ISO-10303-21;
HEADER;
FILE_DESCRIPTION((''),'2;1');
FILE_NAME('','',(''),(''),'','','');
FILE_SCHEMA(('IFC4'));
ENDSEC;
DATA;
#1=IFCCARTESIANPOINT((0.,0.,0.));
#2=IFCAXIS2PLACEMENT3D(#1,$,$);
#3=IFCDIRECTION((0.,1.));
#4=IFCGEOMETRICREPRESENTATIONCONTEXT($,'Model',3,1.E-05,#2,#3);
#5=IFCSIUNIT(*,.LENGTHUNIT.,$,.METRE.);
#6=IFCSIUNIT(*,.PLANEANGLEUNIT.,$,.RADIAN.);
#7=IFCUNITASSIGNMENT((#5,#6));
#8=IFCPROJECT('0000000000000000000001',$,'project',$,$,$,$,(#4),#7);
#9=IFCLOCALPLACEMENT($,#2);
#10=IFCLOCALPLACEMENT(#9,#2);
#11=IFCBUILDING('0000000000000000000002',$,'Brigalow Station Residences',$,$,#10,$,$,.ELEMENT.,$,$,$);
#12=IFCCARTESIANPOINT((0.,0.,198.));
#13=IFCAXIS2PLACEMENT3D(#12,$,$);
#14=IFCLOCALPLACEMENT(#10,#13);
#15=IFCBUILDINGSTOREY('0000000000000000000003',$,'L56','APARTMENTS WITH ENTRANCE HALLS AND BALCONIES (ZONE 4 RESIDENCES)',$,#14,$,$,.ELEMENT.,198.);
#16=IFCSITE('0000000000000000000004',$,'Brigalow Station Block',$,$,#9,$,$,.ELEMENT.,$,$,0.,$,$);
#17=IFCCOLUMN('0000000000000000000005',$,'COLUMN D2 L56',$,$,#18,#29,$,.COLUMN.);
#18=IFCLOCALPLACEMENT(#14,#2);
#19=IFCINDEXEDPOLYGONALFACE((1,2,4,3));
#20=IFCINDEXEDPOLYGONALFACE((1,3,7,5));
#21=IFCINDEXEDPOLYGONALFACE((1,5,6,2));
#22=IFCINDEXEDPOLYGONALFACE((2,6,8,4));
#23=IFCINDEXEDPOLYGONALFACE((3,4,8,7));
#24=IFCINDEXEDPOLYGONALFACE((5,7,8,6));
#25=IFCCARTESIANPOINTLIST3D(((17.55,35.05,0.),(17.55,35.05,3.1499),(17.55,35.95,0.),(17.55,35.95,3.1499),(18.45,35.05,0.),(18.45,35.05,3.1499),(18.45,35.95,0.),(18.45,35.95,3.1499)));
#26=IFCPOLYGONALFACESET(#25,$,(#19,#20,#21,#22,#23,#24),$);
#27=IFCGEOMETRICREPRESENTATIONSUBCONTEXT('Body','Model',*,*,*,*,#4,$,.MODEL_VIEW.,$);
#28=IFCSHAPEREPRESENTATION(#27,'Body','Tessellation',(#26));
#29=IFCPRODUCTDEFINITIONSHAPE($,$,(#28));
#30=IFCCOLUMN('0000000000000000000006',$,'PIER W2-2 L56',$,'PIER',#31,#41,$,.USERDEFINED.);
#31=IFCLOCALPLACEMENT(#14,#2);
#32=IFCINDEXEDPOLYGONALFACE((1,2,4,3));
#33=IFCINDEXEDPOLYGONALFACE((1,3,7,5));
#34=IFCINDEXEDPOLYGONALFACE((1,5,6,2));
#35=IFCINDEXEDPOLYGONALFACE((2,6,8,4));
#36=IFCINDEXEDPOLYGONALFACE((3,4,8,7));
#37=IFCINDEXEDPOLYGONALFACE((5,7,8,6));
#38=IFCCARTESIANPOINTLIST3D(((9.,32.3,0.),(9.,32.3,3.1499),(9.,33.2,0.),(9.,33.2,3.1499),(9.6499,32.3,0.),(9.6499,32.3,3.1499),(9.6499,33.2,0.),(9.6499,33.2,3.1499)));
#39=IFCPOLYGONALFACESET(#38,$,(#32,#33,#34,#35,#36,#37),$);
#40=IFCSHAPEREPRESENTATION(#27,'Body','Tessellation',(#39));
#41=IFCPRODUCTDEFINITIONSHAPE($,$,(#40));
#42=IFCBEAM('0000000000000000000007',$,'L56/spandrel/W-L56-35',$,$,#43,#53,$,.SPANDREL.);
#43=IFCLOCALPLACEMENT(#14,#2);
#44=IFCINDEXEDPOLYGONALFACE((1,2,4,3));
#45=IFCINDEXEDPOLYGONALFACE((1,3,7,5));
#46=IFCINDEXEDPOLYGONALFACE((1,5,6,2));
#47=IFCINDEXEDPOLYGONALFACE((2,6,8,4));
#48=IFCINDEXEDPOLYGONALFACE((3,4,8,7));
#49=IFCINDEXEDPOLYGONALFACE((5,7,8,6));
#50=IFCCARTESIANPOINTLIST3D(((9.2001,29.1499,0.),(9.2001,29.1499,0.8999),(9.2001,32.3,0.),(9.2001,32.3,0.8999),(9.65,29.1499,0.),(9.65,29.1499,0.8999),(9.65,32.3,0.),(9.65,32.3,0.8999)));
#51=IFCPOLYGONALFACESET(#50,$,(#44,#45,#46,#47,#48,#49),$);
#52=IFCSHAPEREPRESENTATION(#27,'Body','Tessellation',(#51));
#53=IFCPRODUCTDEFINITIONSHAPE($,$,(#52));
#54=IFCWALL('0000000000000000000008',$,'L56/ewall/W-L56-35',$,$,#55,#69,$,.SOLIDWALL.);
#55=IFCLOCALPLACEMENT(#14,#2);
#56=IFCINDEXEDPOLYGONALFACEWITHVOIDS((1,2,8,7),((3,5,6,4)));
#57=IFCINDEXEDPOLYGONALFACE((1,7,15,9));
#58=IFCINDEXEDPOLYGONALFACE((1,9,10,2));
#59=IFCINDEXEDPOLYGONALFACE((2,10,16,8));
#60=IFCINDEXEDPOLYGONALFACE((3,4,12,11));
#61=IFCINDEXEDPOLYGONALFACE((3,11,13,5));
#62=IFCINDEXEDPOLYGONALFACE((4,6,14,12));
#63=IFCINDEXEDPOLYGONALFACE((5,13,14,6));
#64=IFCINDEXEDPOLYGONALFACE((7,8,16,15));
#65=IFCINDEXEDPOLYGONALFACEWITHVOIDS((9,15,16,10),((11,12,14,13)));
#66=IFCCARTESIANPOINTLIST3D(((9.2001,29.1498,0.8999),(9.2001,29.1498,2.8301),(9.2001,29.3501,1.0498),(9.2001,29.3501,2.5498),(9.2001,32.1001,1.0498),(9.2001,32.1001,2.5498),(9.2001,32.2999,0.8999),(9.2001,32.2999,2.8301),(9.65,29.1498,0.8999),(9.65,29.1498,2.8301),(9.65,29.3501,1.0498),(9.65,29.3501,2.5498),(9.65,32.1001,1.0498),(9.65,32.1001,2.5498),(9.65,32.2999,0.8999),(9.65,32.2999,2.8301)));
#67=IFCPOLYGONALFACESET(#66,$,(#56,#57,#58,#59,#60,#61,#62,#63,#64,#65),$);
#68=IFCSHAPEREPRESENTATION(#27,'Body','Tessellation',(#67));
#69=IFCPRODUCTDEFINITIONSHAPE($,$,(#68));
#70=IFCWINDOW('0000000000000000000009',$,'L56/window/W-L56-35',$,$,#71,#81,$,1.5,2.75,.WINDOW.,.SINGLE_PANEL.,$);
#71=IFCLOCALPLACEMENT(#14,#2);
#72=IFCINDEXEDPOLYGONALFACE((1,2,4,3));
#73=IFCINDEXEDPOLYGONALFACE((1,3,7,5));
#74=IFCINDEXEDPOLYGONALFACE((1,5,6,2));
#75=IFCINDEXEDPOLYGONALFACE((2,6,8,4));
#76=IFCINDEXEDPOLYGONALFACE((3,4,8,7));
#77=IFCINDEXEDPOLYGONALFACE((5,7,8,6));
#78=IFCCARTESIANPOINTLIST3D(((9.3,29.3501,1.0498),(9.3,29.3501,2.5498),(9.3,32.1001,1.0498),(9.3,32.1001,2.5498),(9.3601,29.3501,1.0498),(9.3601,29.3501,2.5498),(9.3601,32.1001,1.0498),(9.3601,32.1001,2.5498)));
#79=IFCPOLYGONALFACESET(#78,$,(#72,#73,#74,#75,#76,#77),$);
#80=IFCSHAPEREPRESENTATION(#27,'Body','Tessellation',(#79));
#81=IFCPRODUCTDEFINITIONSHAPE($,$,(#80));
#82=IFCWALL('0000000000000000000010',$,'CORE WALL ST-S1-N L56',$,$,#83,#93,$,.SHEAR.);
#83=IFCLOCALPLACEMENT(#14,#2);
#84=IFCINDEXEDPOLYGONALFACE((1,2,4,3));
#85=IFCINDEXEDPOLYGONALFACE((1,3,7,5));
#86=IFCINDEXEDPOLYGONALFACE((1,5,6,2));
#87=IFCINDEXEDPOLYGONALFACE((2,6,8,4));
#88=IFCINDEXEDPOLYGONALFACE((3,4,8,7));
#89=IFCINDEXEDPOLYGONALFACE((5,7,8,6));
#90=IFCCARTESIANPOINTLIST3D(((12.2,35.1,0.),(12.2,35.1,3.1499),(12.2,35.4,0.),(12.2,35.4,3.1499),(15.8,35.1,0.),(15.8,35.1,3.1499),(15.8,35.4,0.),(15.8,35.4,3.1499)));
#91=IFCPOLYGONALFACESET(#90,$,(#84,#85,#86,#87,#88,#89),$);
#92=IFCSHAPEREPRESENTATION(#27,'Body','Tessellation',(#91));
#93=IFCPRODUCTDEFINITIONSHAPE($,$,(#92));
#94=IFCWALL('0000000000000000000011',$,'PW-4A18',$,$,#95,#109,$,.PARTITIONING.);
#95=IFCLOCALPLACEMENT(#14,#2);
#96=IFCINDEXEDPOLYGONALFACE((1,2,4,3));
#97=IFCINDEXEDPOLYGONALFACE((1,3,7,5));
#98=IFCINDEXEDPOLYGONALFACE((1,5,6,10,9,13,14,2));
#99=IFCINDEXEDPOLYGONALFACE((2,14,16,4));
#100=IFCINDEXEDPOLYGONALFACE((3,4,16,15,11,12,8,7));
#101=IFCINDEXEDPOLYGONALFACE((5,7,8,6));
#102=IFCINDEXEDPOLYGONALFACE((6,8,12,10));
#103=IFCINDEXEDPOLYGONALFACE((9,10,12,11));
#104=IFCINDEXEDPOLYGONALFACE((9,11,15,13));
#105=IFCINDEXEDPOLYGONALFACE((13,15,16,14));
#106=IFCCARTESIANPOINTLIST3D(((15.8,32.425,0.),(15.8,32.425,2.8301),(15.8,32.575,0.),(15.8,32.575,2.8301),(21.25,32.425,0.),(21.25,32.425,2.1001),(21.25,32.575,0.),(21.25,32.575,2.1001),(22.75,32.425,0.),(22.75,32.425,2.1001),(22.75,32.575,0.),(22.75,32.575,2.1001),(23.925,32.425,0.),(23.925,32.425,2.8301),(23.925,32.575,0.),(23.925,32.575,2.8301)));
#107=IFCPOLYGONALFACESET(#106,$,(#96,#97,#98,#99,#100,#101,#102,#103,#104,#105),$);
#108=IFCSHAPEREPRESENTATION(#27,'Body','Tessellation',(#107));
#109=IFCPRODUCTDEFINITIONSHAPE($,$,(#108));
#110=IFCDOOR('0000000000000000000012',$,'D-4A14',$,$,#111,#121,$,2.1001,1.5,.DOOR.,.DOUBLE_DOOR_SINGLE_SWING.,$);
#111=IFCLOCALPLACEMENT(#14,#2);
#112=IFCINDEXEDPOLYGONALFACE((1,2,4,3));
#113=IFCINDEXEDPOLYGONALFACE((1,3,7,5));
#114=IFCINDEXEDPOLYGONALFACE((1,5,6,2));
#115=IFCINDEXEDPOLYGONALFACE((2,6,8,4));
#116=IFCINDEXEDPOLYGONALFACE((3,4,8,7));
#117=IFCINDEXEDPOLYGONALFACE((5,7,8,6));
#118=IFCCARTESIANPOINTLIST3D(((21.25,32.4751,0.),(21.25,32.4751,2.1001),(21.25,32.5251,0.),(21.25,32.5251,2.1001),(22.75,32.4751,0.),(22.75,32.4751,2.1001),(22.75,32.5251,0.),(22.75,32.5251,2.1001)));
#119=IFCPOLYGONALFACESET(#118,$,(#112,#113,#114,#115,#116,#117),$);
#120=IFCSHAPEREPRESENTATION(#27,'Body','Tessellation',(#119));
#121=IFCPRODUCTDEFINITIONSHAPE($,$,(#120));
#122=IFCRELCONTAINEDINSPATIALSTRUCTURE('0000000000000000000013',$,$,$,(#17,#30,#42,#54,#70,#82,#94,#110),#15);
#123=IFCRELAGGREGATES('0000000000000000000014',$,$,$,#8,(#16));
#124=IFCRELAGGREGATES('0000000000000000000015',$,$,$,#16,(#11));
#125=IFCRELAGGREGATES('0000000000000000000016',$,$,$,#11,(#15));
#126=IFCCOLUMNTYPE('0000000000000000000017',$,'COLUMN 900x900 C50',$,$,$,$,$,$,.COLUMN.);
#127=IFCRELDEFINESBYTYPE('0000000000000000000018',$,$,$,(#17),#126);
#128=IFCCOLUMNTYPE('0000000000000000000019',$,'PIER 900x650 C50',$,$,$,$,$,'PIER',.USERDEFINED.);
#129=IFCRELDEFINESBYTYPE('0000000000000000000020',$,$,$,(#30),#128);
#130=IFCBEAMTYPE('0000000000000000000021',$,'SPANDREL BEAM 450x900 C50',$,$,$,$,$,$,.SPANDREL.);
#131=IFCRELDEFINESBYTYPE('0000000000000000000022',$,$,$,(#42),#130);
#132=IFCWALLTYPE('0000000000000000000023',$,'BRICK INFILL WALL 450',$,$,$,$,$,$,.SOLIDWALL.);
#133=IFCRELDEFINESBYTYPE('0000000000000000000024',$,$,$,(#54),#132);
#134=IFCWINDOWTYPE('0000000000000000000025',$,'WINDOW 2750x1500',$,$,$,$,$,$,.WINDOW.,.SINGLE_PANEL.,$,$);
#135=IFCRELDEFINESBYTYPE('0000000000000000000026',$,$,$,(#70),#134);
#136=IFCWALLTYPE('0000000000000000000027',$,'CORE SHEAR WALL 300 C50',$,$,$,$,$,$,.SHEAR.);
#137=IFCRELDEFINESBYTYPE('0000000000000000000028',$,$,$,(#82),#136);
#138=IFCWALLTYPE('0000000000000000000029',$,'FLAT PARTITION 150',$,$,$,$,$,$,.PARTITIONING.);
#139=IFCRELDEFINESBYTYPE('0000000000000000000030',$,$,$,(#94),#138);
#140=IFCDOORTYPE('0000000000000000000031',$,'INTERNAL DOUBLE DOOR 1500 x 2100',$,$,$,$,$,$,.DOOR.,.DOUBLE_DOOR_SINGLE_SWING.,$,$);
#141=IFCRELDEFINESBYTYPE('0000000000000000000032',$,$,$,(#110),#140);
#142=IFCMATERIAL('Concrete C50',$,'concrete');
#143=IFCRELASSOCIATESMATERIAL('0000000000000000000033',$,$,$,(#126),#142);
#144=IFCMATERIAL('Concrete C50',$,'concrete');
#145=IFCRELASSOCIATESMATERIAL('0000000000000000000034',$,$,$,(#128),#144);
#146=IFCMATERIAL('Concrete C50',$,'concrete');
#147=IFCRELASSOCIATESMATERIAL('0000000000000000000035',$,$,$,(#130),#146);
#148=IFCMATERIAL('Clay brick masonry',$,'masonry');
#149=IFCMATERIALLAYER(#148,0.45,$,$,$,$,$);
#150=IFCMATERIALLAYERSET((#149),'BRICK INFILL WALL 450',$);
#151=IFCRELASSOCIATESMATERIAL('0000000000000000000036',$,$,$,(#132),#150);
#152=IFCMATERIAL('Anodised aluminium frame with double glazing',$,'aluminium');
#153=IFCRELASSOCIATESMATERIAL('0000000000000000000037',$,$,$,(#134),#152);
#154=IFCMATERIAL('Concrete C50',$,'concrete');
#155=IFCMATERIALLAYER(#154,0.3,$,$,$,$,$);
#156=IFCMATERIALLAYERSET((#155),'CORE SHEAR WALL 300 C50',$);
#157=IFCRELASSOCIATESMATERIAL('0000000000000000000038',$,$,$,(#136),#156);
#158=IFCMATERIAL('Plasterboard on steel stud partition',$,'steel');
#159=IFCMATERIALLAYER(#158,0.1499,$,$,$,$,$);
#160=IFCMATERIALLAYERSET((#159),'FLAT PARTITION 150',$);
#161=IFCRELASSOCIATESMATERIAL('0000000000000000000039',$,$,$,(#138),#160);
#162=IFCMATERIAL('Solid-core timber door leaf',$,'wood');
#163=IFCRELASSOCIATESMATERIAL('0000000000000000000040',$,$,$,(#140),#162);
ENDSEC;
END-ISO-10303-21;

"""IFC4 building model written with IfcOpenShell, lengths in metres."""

from ifc_helpers import new_model, si_unit, direction, frame, frame_2d, origin, origin_2d, place, context, subcontext, project, spatial, rectangle, extrude, material, layer, layer_set, material_profile, profile_set, type_object, element, fill, save


model = new_model("IFC4")

# Units and contexts
model_context = context("Model", 3, precision=1e-05, world=origin(), true_north=direction((0.0, 1.0)))
body_context = subcontext(model_context, "Body", "Model", "MODEL_VIEW")
ifc_project = project(units=[si_unit("LENGTHUNIT", "METRE"), si_unit("PLANEANGLEUNIT", "RADIAN")], contexts=[model_context])

# Site, building, storey
site_placement = place(None, origin())
site = spatial("IfcSite", under=ifc_project, at=site_placement, Name="Brigalow Station Block", CompositionType="ELEMENT", RefElevation=0.0)
building_placement = place(site_placement, origin())
building = spatial("IfcBuilding", under=site, at=building_placement, Name="Brigalow Station Residences", CompositionType="ELEMENT")
storey_placement = place(building_placement, frame((0.0, 0.0, 198.0)))
storey = spatial("IfcBuildingStorey", under=building, at=storey_placement, Name="L56", Description="APARTMENTS WITH ENTRANCE HALLS AND BALCONIES (ZONE 4 RESIDENCES)", CompositionType="ELEMENT", Elevation=198.0)

# Columns
ifc_material_1 = material(Name="Concrete C50", Category="concrete")
ifc_material_profile_1 = material_profile(ifc_material_1, rectangle(XDim=0.8999, YDim=0.8999, at=origin_2d()), Name="RC900x900")
ifc_profile_set_1 = profile_set([ifc_material_profile_1], Name="Concrete C50")
column_type_1 = type_object("IfcColumnType", Name="COLUMN 900x900 C50", PredefinedType="COLUMN", material=ifc_profile_set_1)
column_1_placement = place(storey_placement, frame((18.0, 35.5, 0.0), z_axis=(0.0, 0.0, 1.0), x_axis=(1.0, 0.0, 0.0)))
element("IfcColumn", 1, at=column_1_placement, inside=storey, type_object=column_type_1, Name="COLUMN D2 L56", PredefinedType="COLUMN", context=body_context, shape_type="SweptSolid", body=[
    extrude(rectangle(XDim=0.8999, YDim=0.8999, at=origin_2d()), origin(), (0.0, 0.0, 1.0), 3.1499),
])
ifc_material_2 = material(Name="Concrete C50", Category="concrete")
ifc_material_profile_2 = material_profile(ifc_material_2, rectangle(XDim=0.8999, YDim=0.6499, at=origin_2d()), Name="RC900x650")
ifc_profile_set_2 = profile_set([ifc_material_profile_2], Name="Concrete C50")
column_type_2 = type_object("IfcColumnType", Name="PIER 900x650 C50", ElementType="PIER", PredefinedType="USERDEFINED", material=ifc_profile_set_2)
column_2_placement = place(storey_placement, frame((9.325, 32.75, 0.0), z_axis=(0.0, 0.0, 1.0), x_axis=(0.0, -1.0, 0.0)))
element("IfcColumn", 2, at=column_2_placement, inside=storey, type_object=column_type_2, Name="PIER W2-2 L56", ObjectType="PIER", PredefinedType="USERDEFINED", context=body_context, shape_type="SweptSolid", body=[
    extrude(rectangle(XDim=0.8999, YDim=0.6499, at=origin_2d()), origin(), (0.0, 0.0, 1.0), 3.1499),
])

# Beam
ifc_material_3 = material(Name="Concrete C50", Category="concrete")
ifc_material_profile_3 = material_profile(ifc_material_3, rectangle(XDim=0.45, YDim=0.8999, at=origin_2d()), Name="RC450x900")
ifc_profile_set_3 = profile_set([ifc_material_profile_3], Name="Concrete C50")
beam_type = type_object("IfcBeamType", Name="SPANDREL BEAM 450x900 C50", PredefinedType="SPANDREL", material=ifc_profile_set_3)
beam_placement = place(storey_placement, frame((9.425, 32.3, 0.45), z_axis=(0.0, -1.0, 0.0), x_axis=(1.0, 0.0, 0.0)))
element("IfcBeam", 3, at=beam_placement, inside=storey, type_object=beam_type, Name="L56/spandrel/W-L56-35", PredefinedType="SPANDREL", context=body_context, shape_type="SweptSolid", body=[
    extrude(rectangle(XDim=0.45, YDim=0.8999, at=origin_2d()), origin(), (0.0, 0.0, 1.0), 3.1501),
])

# Wall, opening, window
ifc_material_4 = material(Name="Clay brick masonry", Category="masonry")
ifc_layer_1 = layer(ifc_material_4, 0.45)
ifc_layer_set_1 = layer_set([ifc_layer_1], Name="BRICK INFILL WALL 450")
wall_type_1 = type_object("IfcWallType", Name="BRICK INFILL WALL 450", PredefinedType="SOLIDWALL", material=ifc_layer_set_1)
wall_1_placement = place(storey_placement, frame((9.425, 32.3, 0.8999), z_axis=(0.0, 0.0, 1.0), x_axis=(0.0, -1.0, 0.0)))
wall_1 = element("IfcWall", 4, at=wall_1_placement, inside=storey, type_object=wall_type_1, Name="L56/ewall/W-L56-35", PredefinedType="SOLIDWALL", context=body_context, shape_type="SweptSolid", body=[
    extrude(rectangle(XDim=3.1501, YDim=0.45, at=frame_2d((1.5752, 0.0))), origin(), (0.0, 0.0, 1.0), 1.9302),
])
opening_1_placement = place(wall_1_placement, frame((0.2, 0.0, 0.1499)))
opening_1 = element("IfcOpeningElement", 5, at=opening_1_placement, cuts=wall_1, PredefinedType="OPENING", context=body_context, shape_type="SweptSolid", body=[
    extrude(rectangle(XDim=2.75, YDim=1.5, at=frame_2d((1.375, 0.75))), frame((0.0, 0.2349, 0.0), z_axis=(0.0, -1.0, 0.0), x_axis=(1.0, 0.0, 0.0)), (0.0, 0.0, 1.0), 0.47),
])
ifc_material_5 = material(Name="Anodised aluminium frame with double glazing", Category="aluminium")
window_type = type_object("IfcWindowType", Name="WINDOW 2750x1500", PartitioningType="SINGLE_PANEL", PredefinedType="WINDOW", material=ifc_material_5)
window_placement = place(opening_1_placement, origin())
window = element("IfcWindow", 6, at=window_placement, inside=storey, type_object=window_type, Name="L56/window/W-L56-35", OverallHeight=1.5, OverallWidth=2.75, PartitioningType="SINGLE_PANEL", PredefinedType="WINDOW", context=body_context, shape_type="SweptSolid", body=[
    extrude(rectangle(XDim=2.75, YDim=1.5, at=frame_2d((1.375, 0.75))), frame((0.0, -0.0649, 0.0), z_axis=(0.0, -1.0, 0.0), x_axis=(1.0, 0.0, 0.0)), (0.0, 0.0, 1.0), 0.0601),
])
fill(opening_1, window)

# Wall
ifc_material_6 = material(Name="Concrete C50", Category="concrete")
ifc_layer_2 = layer(ifc_material_6, 0.3)
ifc_layer_set_2 = layer_set([ifc_layer_2], Name="CORE SHEAR WALL 300 C50")
wall_type_2 = type_object("IfcWallType", Name="CORE SHEAR WALL 300 C50", PredefinedType="SHEAR", material=ifc_layer_set_2)
wall_2_placement = place(storey_placement, frame((12.2, 35.25, 0.0), z_axis=(0.0, 0.0, 1.0), x_axis=(1.0, 0.0, 0.0)))
element("IfcWall", 7, at=wall_2_placement, inside=storey, type_object=wall_type_2, Name="CORE WALL ST-S1-N L56", PredefinedType="SHEAR", context=body_context, shape_type="SweptSolid", body=[
    extrude(rectangle(XDim=3.6001, YDim=0.3, at=frame_2d((1.8, 0.0))), origin(), (0.0, 0.0, 1.0), 3.1499),
])

# Wall, opening, door
ifc_material_7 = material(Name="Plasterboard on steel stud partition", Category="steel")
ifc_layer_3 = layer(ifc_material_7, 0.1499)
ifc_layer_set_3 = layer_set([ifc_layer_3], Name="FLAT PARTITION 150")
wall_type_3 = type_object("IfcWallType", Name="FLAT PARTITION 150", PredefinedType="PARTITIONING", material=ifc_layer_set_3)
wall_3_placement = place(storey_placement, frame((15.8, 32.5, 0.0), z_axis=(0.0, 0.0, 1.0), x_axis=(1.0, 0.0, 0.0)))
wall_3 = element("IfcWall", 8, at=wall_3_placement, inside=storey, type_object=wall_type_3, Name="PW-4A18", PredefinedType="PARTITIONING", context=body_context, shape_type="SweptSolid", body=[
    extrude(rectangle(XDim=8.125, YDim=0.1499, at=frame_2d((4.0625, 0.0))), origin(), (0.0, 0.0, 1.0), 2.8301),
])
opening_2_placement = place(wall_3_placement, frame((5.45, 0.0, 0.0)))
opening_2 = element("IfcOpeningElement", 9, at=opening_2_placement, cuts=wall_3, PredefinedType="OPENING", context=body_context, shape_type="SweptSolid", body=[
    extrude(rectangle(XDim=1.5, YDim=2.1001, at=frame_2d((0.75, 1.05))), frame((0.0, 0.085, 0.0), z_axis=(0.0, -1.0, 0.0), x_axis=(1.0, 0.0, 0.0)), (0.0, 0.0, 1.0), 0.1699),
])
ifc_material_8 = material(Name="Solid-core timber door leaf", Category="wood")
door_type_1 = type_object("IfcDoorType", Name="INTERNAL DOUBLE DOOR 1500 x 2100", OperationType="DOUBLE_DOOR_SINGLE_SWING", PredefinedType="DOOR", material=ifc_material_8)
door_1_placement = place(opening_2_placement, frame((1.5, 0.0, 0.0), z_axis=(0.0, 0.0, 1.0), x_axis=(-1.0, 0.0, 0.0)))
door_1 = element("IfcDoor", 10, at=door_1_placement, inside=storey, type_object=door_type_1, Name="D-4A14", OperationType="DOUBLE_DOOR_SINGLE_SWING", OverallHeight=2.1001, OverallWidth=1.5, PredefinedType="DOOR", context=body_context, shape_type="SweptSolid", body=[
    extrude(rectangle(XDim=1.5, YDim=2.1001, at=frame_2d((0.75, 1.05))), frame((0.0, 0.0249, 0.0), z_axis=(0.0, -1.0, 0.0), x_axis=(1.0, 0.0, 0.0)), (0.0, 0.0, 1.0), 0.05),
])
fill(opening_2, door_1)

save(model, "model.ifc")
